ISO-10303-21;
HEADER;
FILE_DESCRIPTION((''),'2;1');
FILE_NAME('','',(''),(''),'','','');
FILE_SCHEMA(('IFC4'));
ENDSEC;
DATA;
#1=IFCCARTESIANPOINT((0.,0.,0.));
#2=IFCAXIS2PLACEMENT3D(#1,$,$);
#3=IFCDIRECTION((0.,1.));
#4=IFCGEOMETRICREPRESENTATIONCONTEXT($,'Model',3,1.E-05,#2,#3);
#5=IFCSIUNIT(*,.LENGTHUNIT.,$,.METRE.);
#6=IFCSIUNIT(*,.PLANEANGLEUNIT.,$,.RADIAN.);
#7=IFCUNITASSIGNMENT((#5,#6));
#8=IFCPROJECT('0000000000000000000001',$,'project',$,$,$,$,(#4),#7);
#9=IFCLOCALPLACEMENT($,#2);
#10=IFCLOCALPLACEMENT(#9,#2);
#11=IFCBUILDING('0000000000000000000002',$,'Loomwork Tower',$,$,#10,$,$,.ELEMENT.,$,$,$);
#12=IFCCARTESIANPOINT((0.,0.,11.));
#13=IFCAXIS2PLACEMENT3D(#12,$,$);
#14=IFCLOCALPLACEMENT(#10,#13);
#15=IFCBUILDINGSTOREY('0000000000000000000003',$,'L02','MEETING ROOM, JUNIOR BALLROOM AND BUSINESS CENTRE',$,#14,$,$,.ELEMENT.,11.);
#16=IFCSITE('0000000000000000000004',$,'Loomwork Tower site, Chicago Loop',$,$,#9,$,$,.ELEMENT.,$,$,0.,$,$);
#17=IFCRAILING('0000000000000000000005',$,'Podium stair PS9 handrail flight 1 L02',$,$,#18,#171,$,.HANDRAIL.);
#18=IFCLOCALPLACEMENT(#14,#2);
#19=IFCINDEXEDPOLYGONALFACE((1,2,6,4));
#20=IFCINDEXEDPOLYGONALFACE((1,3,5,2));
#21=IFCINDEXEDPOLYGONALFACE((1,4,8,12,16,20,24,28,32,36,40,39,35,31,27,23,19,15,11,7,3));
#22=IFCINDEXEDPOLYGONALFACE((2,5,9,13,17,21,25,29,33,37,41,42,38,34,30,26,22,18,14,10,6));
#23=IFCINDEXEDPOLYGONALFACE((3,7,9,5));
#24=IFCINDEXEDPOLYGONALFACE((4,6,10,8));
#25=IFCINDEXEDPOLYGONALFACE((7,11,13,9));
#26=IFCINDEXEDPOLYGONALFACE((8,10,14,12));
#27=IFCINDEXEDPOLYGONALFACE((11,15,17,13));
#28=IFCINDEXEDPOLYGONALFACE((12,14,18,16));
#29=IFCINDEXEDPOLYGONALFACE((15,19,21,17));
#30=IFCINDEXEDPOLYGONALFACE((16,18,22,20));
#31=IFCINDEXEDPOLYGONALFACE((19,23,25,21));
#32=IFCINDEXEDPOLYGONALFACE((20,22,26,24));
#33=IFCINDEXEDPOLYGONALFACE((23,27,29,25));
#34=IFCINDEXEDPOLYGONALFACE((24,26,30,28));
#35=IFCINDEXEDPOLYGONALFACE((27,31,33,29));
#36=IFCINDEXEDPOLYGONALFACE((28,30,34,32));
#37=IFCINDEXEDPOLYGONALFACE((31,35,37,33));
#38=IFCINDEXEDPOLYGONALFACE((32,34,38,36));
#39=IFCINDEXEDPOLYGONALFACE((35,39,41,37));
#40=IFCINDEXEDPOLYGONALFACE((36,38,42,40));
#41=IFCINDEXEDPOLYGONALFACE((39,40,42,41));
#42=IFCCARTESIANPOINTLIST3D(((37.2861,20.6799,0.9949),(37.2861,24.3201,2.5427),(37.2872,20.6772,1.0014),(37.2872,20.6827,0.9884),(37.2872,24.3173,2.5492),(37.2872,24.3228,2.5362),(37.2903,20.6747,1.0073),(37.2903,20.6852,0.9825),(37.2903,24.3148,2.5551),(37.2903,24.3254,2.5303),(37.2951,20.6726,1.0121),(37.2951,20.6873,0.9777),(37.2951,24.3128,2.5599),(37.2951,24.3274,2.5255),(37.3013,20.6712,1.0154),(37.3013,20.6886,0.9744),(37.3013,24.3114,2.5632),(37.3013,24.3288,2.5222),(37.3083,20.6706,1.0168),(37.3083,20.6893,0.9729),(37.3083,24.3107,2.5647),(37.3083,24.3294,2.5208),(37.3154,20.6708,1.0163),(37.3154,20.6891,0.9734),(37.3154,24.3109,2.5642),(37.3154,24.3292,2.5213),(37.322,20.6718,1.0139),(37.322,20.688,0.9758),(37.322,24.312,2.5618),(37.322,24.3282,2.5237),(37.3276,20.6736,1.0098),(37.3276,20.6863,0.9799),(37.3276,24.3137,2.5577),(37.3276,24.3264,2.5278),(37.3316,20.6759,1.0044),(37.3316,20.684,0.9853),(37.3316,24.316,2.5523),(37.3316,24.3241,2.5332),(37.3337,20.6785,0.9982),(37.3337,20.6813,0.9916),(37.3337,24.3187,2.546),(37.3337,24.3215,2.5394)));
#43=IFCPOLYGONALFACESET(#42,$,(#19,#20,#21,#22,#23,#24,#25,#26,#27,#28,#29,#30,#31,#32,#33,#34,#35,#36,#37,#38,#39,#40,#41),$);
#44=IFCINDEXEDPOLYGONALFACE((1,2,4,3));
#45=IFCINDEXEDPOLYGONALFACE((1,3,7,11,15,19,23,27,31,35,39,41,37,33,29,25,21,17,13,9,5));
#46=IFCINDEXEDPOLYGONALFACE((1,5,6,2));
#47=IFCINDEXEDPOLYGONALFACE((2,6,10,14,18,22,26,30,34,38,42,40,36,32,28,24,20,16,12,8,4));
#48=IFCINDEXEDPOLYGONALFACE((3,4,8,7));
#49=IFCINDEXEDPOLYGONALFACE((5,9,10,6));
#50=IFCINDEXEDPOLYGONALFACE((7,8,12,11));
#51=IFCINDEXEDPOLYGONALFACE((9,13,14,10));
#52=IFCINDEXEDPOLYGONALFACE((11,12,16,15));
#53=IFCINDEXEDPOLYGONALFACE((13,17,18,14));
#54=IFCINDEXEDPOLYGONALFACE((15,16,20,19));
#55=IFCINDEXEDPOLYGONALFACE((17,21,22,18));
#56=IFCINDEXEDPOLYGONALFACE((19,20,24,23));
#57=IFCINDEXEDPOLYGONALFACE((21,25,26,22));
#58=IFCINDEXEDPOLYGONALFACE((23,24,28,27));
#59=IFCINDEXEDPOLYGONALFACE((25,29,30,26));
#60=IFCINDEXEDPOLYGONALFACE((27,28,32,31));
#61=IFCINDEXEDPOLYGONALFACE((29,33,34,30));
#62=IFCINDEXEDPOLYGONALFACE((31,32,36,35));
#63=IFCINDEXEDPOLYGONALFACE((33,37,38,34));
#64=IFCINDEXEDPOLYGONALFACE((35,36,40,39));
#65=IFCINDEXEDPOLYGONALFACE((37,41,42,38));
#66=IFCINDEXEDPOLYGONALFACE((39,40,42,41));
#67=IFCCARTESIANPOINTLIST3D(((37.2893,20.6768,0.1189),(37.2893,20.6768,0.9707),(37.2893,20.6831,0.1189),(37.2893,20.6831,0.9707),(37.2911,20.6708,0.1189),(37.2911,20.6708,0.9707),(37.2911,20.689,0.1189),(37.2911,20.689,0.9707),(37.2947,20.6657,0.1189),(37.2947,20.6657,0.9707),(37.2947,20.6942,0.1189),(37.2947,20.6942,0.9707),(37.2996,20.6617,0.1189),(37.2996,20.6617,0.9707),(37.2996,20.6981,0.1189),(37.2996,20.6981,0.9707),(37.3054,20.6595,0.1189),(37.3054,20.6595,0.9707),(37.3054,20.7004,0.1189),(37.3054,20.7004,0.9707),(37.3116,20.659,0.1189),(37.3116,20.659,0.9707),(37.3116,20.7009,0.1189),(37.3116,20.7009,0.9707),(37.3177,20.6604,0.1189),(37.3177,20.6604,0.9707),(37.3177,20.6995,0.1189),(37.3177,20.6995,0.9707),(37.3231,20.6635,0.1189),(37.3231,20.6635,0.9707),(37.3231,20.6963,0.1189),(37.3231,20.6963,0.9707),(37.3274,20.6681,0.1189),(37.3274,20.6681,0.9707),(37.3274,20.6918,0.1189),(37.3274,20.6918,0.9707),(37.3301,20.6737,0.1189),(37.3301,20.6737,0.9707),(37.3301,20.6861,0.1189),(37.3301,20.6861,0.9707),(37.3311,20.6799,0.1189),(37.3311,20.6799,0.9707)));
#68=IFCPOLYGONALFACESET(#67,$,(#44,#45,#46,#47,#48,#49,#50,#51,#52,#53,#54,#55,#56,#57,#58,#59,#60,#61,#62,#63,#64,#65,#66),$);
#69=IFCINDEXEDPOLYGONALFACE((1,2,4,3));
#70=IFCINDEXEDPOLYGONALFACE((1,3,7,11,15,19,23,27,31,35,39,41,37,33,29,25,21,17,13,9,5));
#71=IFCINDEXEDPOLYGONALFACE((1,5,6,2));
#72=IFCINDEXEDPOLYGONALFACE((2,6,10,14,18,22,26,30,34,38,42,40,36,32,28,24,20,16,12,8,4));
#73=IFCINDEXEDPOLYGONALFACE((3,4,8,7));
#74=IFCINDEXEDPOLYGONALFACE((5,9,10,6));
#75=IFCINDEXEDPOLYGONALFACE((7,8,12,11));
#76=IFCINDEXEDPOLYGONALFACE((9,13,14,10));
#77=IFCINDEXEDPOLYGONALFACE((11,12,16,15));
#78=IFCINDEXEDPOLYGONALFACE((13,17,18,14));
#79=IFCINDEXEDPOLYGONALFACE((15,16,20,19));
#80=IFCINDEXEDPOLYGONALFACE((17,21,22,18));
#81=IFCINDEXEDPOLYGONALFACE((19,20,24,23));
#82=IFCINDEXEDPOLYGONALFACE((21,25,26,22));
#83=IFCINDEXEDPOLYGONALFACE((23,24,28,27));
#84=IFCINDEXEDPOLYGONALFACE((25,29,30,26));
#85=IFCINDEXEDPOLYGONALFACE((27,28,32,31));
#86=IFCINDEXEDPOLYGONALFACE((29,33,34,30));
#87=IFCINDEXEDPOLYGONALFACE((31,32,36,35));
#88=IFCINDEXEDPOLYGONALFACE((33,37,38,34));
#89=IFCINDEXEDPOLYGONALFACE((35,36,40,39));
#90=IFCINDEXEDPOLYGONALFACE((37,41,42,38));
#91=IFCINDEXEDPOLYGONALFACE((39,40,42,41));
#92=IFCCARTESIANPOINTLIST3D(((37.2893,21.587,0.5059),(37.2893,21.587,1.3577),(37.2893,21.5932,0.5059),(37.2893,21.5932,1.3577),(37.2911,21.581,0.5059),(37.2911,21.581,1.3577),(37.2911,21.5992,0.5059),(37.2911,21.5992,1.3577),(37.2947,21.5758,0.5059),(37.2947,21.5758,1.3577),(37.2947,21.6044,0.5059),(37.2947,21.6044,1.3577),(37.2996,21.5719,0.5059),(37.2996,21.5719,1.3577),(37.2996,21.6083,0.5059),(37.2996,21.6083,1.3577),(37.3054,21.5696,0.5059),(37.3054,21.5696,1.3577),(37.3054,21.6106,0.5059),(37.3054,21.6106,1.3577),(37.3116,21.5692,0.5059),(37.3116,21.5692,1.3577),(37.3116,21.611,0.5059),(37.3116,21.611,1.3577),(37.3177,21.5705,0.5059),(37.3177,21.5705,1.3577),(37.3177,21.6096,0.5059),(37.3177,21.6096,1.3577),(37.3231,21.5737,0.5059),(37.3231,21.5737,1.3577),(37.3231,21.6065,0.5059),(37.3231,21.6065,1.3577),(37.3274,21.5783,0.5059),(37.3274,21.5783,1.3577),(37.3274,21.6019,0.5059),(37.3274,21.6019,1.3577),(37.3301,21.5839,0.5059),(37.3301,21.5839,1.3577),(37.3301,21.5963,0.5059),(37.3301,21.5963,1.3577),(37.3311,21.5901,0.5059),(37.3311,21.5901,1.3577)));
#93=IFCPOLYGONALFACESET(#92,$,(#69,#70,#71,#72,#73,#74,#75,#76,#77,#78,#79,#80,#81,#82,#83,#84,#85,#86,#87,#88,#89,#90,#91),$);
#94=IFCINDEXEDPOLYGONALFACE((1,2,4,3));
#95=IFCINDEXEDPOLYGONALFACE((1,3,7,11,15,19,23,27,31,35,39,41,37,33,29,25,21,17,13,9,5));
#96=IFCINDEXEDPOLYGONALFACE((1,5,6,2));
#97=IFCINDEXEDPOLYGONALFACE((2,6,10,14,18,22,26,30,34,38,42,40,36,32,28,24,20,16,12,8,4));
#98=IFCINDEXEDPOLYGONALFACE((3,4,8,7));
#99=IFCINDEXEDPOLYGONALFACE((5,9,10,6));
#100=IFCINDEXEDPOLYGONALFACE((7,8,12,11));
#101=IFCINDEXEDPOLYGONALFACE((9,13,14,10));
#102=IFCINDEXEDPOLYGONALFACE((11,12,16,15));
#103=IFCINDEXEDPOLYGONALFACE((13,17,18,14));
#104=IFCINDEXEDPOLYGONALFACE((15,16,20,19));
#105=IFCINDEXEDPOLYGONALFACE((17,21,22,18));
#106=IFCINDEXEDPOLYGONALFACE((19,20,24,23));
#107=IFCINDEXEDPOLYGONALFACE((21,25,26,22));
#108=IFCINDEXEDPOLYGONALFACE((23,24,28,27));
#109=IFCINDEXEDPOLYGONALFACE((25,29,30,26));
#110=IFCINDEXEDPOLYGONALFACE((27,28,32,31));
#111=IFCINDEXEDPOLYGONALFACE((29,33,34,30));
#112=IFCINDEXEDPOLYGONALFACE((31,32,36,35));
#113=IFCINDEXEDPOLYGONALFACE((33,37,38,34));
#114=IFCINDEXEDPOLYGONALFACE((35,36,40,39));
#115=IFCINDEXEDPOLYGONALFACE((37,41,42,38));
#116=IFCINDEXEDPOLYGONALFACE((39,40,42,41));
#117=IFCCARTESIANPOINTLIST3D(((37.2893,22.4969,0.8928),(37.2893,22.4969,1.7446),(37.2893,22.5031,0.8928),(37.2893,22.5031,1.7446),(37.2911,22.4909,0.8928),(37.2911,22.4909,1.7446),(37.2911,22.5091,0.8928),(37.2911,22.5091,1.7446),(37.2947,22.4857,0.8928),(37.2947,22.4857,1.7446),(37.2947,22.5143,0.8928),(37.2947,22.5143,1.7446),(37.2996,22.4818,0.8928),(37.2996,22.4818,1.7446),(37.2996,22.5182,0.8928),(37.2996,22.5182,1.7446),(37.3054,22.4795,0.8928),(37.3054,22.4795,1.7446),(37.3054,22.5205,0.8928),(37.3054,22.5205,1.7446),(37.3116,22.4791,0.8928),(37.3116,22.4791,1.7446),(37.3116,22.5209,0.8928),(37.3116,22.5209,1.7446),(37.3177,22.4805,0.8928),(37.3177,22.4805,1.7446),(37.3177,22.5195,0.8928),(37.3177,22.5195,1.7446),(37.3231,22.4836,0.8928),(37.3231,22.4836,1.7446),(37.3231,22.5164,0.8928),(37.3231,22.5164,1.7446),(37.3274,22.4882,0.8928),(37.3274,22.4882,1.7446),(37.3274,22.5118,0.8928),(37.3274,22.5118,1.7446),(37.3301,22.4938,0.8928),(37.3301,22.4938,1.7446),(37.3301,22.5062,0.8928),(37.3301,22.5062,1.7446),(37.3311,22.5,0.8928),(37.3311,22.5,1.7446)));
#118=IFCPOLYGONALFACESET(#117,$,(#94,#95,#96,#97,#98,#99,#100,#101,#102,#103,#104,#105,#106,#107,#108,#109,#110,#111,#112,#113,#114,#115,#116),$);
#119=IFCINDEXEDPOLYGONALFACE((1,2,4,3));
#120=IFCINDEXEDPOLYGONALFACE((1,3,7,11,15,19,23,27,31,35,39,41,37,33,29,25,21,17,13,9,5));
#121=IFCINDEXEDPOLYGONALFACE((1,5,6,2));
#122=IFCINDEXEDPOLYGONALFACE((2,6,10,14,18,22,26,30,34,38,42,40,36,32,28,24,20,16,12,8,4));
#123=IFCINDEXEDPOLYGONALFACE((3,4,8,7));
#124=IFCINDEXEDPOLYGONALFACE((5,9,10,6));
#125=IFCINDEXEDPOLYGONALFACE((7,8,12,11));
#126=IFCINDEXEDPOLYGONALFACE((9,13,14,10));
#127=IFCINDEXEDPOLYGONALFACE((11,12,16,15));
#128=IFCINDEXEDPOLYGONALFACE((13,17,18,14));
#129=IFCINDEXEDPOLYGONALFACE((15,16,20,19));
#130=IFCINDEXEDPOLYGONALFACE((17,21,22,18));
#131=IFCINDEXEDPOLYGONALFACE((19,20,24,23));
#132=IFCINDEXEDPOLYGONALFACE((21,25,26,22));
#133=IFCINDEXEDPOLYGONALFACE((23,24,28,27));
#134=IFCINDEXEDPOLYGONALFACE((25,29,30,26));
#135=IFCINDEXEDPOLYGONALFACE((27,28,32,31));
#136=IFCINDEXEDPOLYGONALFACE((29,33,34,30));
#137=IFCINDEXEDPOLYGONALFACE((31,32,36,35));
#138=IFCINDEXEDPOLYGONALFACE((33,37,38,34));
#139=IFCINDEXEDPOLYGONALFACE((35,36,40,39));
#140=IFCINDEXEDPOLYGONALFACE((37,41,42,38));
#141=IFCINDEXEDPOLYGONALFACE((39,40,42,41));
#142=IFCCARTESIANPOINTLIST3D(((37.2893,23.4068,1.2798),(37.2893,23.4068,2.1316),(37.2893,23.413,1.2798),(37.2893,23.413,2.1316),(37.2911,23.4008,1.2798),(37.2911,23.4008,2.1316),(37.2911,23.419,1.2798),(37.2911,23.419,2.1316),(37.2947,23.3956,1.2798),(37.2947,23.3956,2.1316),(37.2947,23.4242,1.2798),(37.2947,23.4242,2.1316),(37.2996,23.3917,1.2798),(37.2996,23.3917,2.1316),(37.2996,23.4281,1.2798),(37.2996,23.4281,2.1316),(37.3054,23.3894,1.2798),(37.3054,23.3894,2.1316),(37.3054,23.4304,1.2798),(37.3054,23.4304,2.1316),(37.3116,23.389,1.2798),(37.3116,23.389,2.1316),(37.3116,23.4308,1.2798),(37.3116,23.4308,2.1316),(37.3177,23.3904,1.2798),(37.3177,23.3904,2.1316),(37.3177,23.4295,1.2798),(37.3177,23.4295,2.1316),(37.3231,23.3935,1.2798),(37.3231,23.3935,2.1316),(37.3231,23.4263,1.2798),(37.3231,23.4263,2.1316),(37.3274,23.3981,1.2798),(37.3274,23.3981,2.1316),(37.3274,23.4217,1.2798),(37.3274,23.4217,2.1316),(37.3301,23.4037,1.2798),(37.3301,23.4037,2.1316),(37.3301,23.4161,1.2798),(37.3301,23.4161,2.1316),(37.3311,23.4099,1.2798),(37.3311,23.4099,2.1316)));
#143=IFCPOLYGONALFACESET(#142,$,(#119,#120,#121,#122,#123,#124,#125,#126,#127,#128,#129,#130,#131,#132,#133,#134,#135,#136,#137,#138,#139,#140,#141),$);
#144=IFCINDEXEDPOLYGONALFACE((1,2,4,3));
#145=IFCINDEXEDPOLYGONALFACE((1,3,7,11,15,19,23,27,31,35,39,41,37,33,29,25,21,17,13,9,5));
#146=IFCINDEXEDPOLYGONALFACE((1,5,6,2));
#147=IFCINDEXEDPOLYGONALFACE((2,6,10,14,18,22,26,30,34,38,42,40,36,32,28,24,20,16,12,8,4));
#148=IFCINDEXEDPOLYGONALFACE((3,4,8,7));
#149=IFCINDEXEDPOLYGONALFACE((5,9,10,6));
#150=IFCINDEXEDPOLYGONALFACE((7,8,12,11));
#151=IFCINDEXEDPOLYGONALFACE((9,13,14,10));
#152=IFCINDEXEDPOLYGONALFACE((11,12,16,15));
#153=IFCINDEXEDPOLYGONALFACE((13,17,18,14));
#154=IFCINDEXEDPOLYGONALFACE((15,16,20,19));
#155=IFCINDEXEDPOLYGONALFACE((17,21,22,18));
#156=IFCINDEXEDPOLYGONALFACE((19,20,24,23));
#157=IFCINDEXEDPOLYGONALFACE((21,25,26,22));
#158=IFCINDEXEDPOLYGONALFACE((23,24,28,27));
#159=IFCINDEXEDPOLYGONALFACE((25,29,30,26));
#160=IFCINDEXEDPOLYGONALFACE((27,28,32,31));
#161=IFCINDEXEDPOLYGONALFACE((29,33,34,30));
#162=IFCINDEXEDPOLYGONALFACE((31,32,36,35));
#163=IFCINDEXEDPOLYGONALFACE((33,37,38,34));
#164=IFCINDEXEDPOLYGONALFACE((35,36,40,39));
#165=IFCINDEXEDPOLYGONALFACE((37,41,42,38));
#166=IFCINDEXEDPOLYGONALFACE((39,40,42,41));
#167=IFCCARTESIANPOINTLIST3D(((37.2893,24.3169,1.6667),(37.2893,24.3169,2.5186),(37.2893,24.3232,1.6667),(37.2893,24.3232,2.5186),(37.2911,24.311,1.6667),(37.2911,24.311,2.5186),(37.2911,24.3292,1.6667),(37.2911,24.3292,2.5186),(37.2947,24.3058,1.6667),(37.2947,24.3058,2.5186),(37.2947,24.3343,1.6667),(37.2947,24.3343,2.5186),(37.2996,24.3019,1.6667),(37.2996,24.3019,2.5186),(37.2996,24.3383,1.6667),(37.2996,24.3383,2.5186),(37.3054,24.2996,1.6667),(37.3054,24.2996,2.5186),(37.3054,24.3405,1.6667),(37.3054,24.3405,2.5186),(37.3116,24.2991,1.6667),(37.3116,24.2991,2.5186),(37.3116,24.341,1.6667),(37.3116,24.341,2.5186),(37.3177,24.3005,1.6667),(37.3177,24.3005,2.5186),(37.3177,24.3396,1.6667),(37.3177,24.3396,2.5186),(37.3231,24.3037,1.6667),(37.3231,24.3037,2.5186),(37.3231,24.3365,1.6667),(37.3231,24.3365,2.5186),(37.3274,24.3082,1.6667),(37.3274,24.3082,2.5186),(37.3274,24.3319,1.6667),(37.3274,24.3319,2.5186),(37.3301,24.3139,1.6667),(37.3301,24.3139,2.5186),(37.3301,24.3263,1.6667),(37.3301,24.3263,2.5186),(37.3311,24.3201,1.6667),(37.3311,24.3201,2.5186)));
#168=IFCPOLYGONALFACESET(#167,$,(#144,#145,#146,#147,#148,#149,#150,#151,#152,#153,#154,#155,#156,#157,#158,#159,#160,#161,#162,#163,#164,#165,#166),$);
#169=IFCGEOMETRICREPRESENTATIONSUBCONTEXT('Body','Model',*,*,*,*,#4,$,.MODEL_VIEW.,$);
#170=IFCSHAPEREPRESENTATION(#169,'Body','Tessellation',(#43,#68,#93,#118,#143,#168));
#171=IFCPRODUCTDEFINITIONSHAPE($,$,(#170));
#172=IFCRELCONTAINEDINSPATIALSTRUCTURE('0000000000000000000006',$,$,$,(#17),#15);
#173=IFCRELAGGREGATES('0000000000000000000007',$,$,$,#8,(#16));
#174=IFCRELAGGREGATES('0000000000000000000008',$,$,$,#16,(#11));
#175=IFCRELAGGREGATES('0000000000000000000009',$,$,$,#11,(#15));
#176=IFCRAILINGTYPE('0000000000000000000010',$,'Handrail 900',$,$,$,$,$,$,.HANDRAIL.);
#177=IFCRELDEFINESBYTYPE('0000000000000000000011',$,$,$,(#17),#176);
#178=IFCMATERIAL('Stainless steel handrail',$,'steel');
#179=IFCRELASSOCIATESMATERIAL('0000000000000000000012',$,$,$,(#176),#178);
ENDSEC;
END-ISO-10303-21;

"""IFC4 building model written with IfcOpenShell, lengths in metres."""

from ifc_helpers import new_model, si_unit, direction, frame, origin, origin_2d, place, context, subcontext, project, spatial, circle, extrude, material, type_object, element, save


model = new_model("IFC4")

# Units and contexts
model_context = context("Model", 3, precision=1e-05, world=origin(), true_north=direction((0.0, 1.0)))
body_context = subcontext(model_context, "Body", "Model", "MODEL_VIEW")
ifc_project = project(units=[si_unit("LENGTHUNIT", "METRE"), si_unit("PLANEANGLEUNIT", "RADIAN")], contexts=[model_context])

# Site, building, storey
site_placement = place(None, origin())
site = spatial("IfcSite", under=ifc_project, at=site_placement, Name="Loomwork Tower site, Chicago Loop", CompositionType="ELEMENT", RefElevation=0.0)
building_placement = place(site_placement, origin())
building = spatial("IfcBuilding", under=site, at=building_placement, Name="Loomwork Tower", CompositionType="ELEMENT")
storey_placement = place(building_placement, frame((0.0, 0.0, 11.0)))
storey = spatial("IfcBuildingStorey", under=building, at=storey_placement, Name="L02", Description="MEETING ROOM, JUNIOR BALLROOM AND BUSINESS CENTRE", CompositionType="ELEMENT", Elevation=11.0)

# Railing
ifc_material_1 = material(Name="Stainless steel handrail", Category="steel")
railing_type = type_object("IfcRailingType", Name="Handrail 900", PredefinedType="HANDRAIL", material=ifc_material_1)
railing_1_placement = place(storey_placement, frame((37.3101, 20.6799, 0.1189)))
element("IfcRailing", 1, at=railing_1_placement, inside=storey, type_object=railing_type, Name="Podium stair PS9 handrail flight 1 L02", PredefinedType="HANDRAIL", context=body_context, shape_type="SweptSolid", body=[
    extrude(circle(Radius=0.0239, at=origin_2d()), frame((0.0, 0.0, 0.876), z_axis=(0.0, 0.920259, 0.391311), x_axis=(-1.0, 0.0, 0.0)), (0.0, 0.0, 1.0), 3.9556),
    extrude(circle(Radius=0.021, at=origin_2d()), origin(), (0.0, 0.0, 1.0), 0.8518),
    extrude(circle(Radius=0.021, at=origin_2d()), frame((0.0, 0.9102, 0.387)), (0.0, 0.0, 1.0), 0.8518),
    extrude(circle(Radius=0.021, at=origin_2d()), frame((0.0, 1.8201, 0.7739)), (0.0, 0.0, 1.0), 0.8518),
    extrude(circle(Radius=0.021, at=origin_2d()), frame((0.0, 2.73, 1.1609)), (0.0, 0.0, 1.0), 0.8518),
    extrude(circle(Radius=0.021, at=origin_2d()), frame((0.0, 3.6401, 1.5479)), (0.0, 0.0, 1.0), 0.8518),
])

save(model, "model.ifc")
